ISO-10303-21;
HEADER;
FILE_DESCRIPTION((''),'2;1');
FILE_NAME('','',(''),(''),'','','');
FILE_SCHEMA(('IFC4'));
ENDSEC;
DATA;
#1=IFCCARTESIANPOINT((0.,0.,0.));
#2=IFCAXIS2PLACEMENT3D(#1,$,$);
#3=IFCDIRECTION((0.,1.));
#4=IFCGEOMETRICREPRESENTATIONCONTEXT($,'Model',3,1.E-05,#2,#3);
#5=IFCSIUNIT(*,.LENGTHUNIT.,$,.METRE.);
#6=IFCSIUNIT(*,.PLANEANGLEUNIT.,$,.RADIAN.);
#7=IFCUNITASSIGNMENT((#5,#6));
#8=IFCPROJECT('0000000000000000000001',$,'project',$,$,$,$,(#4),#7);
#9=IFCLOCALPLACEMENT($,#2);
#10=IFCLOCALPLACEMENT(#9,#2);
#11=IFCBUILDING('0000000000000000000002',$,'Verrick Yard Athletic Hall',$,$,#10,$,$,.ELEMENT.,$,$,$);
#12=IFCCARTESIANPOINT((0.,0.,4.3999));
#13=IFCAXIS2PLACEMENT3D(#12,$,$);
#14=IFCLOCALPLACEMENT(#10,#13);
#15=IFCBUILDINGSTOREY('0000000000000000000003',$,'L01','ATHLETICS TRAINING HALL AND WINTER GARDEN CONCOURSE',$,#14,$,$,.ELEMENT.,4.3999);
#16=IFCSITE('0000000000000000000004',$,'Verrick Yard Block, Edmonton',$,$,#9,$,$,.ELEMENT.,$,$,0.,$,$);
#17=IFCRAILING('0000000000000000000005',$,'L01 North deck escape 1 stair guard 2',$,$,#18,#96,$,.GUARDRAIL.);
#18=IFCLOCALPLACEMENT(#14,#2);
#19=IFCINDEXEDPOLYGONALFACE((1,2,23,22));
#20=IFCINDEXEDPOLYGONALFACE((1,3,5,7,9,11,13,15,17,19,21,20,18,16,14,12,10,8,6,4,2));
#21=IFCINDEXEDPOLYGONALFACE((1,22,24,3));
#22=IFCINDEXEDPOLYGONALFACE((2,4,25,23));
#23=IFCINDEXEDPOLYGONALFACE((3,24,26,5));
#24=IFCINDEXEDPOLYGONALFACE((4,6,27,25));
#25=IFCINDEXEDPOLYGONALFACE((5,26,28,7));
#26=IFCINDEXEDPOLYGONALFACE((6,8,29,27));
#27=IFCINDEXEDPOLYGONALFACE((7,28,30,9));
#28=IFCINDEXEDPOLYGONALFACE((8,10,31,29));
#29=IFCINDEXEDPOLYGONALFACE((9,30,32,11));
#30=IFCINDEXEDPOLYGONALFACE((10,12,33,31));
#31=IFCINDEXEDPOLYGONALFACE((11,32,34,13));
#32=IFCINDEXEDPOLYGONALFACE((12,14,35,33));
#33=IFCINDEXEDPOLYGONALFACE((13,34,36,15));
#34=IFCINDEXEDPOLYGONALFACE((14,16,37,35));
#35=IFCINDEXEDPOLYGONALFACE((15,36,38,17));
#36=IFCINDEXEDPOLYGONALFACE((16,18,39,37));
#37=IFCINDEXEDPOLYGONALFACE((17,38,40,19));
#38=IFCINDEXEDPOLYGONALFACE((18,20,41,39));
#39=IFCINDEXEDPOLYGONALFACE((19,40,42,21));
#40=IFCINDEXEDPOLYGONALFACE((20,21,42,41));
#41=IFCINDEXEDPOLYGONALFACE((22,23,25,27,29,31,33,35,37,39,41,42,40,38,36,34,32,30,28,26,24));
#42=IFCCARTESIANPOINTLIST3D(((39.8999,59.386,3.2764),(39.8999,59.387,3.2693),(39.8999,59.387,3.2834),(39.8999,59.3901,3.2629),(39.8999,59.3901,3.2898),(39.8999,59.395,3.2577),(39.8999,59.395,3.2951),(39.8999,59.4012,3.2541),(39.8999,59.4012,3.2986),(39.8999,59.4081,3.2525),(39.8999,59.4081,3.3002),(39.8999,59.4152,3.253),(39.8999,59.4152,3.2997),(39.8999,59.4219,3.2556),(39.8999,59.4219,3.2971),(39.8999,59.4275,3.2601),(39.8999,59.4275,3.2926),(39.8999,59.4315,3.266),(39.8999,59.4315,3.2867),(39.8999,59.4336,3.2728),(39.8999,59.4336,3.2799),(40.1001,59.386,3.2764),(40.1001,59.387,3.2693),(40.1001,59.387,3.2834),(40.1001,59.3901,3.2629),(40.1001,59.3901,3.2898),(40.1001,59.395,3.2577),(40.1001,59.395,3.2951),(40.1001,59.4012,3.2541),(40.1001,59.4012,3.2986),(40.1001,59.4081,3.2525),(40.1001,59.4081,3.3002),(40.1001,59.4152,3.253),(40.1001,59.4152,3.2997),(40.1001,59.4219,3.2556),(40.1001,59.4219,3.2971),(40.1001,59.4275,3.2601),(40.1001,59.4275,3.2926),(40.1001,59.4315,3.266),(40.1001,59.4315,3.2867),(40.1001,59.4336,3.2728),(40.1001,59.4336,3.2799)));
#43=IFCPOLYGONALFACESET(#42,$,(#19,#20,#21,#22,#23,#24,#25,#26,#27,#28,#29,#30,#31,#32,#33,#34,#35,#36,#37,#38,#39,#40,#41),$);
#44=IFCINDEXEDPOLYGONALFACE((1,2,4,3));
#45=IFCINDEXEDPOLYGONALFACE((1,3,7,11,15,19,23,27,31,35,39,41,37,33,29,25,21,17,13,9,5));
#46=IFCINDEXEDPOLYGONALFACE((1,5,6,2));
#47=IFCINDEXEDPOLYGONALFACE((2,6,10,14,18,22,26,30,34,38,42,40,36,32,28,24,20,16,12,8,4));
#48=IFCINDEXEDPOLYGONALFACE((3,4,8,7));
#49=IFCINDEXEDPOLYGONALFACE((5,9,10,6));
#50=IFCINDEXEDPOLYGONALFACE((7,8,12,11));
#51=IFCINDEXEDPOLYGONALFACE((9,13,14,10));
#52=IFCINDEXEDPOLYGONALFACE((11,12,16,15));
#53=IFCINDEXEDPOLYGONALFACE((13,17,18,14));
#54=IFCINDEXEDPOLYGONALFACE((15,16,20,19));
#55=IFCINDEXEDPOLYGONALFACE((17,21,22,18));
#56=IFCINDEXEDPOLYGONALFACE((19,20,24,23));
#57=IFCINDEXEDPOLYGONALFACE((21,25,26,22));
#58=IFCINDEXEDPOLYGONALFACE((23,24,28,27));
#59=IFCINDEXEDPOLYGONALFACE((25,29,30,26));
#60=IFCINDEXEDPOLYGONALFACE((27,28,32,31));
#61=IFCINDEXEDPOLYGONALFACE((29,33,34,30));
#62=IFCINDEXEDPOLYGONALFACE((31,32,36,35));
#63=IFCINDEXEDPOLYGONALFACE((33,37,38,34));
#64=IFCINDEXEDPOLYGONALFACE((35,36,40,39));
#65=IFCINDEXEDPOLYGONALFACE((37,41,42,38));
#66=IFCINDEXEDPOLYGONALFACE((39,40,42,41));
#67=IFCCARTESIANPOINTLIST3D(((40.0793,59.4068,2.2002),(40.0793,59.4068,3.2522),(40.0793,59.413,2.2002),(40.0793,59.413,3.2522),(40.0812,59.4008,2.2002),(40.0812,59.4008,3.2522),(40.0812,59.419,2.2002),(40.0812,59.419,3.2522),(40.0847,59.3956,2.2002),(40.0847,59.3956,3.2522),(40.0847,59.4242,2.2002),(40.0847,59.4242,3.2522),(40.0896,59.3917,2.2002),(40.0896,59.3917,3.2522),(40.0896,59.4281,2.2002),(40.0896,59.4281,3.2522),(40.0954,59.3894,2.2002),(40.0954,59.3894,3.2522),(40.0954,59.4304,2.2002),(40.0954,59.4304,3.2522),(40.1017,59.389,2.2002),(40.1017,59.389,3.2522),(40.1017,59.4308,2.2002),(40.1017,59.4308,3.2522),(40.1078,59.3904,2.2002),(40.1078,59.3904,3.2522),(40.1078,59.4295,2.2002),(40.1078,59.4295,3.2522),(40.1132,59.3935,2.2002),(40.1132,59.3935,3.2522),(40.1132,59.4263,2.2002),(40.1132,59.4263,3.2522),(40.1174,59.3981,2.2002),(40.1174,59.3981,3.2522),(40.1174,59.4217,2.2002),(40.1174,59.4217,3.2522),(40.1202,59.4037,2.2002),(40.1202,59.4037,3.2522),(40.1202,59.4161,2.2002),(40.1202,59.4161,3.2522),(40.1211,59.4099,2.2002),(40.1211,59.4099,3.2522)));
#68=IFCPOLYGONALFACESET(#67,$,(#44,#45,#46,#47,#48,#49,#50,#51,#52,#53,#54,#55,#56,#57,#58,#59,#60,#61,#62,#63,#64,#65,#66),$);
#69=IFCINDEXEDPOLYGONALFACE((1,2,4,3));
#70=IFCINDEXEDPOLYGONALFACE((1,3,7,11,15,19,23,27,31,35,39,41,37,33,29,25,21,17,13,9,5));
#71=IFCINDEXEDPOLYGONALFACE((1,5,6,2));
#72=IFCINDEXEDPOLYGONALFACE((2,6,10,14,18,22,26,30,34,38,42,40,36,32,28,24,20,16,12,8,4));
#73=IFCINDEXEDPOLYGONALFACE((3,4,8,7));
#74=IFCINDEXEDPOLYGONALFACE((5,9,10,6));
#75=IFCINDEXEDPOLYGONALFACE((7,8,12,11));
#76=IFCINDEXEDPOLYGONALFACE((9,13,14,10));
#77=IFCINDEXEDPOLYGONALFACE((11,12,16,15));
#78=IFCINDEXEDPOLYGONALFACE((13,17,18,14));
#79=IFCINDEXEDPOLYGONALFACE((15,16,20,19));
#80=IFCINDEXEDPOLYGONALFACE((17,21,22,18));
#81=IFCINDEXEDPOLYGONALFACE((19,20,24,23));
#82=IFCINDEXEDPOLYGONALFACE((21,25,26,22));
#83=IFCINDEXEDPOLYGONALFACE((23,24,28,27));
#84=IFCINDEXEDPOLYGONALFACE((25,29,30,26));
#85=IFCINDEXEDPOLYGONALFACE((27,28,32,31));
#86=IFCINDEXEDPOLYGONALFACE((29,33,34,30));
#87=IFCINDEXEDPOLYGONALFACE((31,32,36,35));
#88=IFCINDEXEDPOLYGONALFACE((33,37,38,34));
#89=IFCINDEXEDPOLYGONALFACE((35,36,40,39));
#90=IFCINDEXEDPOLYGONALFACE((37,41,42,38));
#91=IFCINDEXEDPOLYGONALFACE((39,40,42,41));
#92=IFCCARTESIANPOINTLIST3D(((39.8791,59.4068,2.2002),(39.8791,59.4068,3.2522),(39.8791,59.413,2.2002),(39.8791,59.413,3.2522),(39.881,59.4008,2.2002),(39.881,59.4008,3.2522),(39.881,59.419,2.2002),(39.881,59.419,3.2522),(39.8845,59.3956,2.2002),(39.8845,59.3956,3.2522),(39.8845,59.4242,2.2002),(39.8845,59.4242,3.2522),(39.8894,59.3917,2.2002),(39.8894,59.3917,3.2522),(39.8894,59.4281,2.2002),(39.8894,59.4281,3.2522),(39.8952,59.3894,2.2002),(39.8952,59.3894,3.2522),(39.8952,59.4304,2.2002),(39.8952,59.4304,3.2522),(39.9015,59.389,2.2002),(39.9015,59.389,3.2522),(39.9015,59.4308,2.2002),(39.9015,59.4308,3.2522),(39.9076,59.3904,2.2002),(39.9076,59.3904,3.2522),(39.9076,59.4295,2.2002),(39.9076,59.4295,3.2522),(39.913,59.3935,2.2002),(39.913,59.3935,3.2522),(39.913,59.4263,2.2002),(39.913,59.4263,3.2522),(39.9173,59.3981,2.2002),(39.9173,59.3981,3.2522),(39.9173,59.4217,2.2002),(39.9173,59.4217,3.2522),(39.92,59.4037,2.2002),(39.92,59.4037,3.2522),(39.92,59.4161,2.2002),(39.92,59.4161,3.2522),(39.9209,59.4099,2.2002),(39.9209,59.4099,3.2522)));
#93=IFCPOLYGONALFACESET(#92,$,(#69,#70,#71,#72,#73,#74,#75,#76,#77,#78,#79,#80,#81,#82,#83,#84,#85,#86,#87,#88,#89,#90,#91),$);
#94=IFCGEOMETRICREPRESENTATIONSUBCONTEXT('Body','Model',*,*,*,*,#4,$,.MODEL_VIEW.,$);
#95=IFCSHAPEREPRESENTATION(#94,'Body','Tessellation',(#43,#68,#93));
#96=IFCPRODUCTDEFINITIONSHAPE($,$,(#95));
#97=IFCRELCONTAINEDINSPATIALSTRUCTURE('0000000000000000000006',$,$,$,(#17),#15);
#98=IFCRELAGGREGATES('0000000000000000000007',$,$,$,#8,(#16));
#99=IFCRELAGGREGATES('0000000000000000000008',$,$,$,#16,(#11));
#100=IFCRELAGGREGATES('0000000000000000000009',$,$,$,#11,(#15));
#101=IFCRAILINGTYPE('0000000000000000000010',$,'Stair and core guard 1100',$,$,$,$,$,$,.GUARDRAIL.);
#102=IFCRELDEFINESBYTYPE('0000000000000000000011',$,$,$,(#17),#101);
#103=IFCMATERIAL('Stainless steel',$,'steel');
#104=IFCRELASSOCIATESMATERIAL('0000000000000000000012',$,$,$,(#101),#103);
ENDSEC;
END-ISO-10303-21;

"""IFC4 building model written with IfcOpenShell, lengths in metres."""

from ifc_helpers import new_model, si_unit, direction, frame, origin, origin_2d, place, context, subcontext, project, spatial, circle, extrude, material, type_object, element, save


model = new_model("IFC4")

# Units and contexts
model_context = context("Model", 3, precision=1e-05, world=origin(), true_north=direction((0.0, 1.0)))
body_context = subcontext(model_context, "Body", "Model", "MODEL_VIEW")
ifc_project = project(units=[si_unit("LENGTHUNIT", "METRE"), si_unit("PLANEANGLEUNIT", "RADIAN")], contexts=[model_context])

# Site, building, storey
site_placement = place(None, origin())
site = spatial("IfcSite", under=ifc_project, at=site_placement, Name="Verrick Yard Block, Edmonton", CompositionType="ELEMENT", RefElevation=0.0)
building_placement = place(site_placement, origin())
building = spatial("IfcBuilding", under=site, at=building_placement, Name="Verrick Yard Athletic Hall", CompositionType="ELEMENT")
storey_placement = place(building_placement, frame((0.0, 0.0, 4.3999)))
storey = spatial("IfcBuildingStorey", under=building, at=storey_placement, Name="L01", Description="ATHLETICS TRAINING HALL AND WINTER GARDEN CONCOURSE", CompositionType="ELEMENT", Elevation=4.3999)

# Railing
ifc_material_1 = material(Name="Stainless steel", Category="steel")
railing_type_1 = type_object("IfcRailingType", Name="Stair and core guard 1100", PredefinedType="GUARDRAIL", material=ifc_material_1)
railing_1_placement = place(storey_placement, frame((40.1001, 59.4099, 2.2002)))
element("IfcRailing", 1, at=railing_1_placement, inside=storey, type_object=railing_type_1, Name="L01 North deck escape 1 stair guard 2", PredefinedType="GUARDRAIL", context=body_context, shape_type="SweptSolid", body=[
    extrude(circle(Radius=0.0239, at=origin_2d()), frame((0.0, 0.0, 1.0762), z_axis=(-1.0, 0.0, 0.0), x_axis=(0.0, -1.0, 0.0)), (0.0, 0.0, 1.0), 0.2002),
    extrude(circle(Radius=0.021, at=origin_2d()), origin(), (0.0, 0.0, 1.0), 1.052),
    extrude(circle(Radius=0.021, at=origin_2d()), frame((-0.2002, 0.0, 0.0)), (0.0, 0.0, 1.0), 1.052),
])

save(model, "model.ifc")
